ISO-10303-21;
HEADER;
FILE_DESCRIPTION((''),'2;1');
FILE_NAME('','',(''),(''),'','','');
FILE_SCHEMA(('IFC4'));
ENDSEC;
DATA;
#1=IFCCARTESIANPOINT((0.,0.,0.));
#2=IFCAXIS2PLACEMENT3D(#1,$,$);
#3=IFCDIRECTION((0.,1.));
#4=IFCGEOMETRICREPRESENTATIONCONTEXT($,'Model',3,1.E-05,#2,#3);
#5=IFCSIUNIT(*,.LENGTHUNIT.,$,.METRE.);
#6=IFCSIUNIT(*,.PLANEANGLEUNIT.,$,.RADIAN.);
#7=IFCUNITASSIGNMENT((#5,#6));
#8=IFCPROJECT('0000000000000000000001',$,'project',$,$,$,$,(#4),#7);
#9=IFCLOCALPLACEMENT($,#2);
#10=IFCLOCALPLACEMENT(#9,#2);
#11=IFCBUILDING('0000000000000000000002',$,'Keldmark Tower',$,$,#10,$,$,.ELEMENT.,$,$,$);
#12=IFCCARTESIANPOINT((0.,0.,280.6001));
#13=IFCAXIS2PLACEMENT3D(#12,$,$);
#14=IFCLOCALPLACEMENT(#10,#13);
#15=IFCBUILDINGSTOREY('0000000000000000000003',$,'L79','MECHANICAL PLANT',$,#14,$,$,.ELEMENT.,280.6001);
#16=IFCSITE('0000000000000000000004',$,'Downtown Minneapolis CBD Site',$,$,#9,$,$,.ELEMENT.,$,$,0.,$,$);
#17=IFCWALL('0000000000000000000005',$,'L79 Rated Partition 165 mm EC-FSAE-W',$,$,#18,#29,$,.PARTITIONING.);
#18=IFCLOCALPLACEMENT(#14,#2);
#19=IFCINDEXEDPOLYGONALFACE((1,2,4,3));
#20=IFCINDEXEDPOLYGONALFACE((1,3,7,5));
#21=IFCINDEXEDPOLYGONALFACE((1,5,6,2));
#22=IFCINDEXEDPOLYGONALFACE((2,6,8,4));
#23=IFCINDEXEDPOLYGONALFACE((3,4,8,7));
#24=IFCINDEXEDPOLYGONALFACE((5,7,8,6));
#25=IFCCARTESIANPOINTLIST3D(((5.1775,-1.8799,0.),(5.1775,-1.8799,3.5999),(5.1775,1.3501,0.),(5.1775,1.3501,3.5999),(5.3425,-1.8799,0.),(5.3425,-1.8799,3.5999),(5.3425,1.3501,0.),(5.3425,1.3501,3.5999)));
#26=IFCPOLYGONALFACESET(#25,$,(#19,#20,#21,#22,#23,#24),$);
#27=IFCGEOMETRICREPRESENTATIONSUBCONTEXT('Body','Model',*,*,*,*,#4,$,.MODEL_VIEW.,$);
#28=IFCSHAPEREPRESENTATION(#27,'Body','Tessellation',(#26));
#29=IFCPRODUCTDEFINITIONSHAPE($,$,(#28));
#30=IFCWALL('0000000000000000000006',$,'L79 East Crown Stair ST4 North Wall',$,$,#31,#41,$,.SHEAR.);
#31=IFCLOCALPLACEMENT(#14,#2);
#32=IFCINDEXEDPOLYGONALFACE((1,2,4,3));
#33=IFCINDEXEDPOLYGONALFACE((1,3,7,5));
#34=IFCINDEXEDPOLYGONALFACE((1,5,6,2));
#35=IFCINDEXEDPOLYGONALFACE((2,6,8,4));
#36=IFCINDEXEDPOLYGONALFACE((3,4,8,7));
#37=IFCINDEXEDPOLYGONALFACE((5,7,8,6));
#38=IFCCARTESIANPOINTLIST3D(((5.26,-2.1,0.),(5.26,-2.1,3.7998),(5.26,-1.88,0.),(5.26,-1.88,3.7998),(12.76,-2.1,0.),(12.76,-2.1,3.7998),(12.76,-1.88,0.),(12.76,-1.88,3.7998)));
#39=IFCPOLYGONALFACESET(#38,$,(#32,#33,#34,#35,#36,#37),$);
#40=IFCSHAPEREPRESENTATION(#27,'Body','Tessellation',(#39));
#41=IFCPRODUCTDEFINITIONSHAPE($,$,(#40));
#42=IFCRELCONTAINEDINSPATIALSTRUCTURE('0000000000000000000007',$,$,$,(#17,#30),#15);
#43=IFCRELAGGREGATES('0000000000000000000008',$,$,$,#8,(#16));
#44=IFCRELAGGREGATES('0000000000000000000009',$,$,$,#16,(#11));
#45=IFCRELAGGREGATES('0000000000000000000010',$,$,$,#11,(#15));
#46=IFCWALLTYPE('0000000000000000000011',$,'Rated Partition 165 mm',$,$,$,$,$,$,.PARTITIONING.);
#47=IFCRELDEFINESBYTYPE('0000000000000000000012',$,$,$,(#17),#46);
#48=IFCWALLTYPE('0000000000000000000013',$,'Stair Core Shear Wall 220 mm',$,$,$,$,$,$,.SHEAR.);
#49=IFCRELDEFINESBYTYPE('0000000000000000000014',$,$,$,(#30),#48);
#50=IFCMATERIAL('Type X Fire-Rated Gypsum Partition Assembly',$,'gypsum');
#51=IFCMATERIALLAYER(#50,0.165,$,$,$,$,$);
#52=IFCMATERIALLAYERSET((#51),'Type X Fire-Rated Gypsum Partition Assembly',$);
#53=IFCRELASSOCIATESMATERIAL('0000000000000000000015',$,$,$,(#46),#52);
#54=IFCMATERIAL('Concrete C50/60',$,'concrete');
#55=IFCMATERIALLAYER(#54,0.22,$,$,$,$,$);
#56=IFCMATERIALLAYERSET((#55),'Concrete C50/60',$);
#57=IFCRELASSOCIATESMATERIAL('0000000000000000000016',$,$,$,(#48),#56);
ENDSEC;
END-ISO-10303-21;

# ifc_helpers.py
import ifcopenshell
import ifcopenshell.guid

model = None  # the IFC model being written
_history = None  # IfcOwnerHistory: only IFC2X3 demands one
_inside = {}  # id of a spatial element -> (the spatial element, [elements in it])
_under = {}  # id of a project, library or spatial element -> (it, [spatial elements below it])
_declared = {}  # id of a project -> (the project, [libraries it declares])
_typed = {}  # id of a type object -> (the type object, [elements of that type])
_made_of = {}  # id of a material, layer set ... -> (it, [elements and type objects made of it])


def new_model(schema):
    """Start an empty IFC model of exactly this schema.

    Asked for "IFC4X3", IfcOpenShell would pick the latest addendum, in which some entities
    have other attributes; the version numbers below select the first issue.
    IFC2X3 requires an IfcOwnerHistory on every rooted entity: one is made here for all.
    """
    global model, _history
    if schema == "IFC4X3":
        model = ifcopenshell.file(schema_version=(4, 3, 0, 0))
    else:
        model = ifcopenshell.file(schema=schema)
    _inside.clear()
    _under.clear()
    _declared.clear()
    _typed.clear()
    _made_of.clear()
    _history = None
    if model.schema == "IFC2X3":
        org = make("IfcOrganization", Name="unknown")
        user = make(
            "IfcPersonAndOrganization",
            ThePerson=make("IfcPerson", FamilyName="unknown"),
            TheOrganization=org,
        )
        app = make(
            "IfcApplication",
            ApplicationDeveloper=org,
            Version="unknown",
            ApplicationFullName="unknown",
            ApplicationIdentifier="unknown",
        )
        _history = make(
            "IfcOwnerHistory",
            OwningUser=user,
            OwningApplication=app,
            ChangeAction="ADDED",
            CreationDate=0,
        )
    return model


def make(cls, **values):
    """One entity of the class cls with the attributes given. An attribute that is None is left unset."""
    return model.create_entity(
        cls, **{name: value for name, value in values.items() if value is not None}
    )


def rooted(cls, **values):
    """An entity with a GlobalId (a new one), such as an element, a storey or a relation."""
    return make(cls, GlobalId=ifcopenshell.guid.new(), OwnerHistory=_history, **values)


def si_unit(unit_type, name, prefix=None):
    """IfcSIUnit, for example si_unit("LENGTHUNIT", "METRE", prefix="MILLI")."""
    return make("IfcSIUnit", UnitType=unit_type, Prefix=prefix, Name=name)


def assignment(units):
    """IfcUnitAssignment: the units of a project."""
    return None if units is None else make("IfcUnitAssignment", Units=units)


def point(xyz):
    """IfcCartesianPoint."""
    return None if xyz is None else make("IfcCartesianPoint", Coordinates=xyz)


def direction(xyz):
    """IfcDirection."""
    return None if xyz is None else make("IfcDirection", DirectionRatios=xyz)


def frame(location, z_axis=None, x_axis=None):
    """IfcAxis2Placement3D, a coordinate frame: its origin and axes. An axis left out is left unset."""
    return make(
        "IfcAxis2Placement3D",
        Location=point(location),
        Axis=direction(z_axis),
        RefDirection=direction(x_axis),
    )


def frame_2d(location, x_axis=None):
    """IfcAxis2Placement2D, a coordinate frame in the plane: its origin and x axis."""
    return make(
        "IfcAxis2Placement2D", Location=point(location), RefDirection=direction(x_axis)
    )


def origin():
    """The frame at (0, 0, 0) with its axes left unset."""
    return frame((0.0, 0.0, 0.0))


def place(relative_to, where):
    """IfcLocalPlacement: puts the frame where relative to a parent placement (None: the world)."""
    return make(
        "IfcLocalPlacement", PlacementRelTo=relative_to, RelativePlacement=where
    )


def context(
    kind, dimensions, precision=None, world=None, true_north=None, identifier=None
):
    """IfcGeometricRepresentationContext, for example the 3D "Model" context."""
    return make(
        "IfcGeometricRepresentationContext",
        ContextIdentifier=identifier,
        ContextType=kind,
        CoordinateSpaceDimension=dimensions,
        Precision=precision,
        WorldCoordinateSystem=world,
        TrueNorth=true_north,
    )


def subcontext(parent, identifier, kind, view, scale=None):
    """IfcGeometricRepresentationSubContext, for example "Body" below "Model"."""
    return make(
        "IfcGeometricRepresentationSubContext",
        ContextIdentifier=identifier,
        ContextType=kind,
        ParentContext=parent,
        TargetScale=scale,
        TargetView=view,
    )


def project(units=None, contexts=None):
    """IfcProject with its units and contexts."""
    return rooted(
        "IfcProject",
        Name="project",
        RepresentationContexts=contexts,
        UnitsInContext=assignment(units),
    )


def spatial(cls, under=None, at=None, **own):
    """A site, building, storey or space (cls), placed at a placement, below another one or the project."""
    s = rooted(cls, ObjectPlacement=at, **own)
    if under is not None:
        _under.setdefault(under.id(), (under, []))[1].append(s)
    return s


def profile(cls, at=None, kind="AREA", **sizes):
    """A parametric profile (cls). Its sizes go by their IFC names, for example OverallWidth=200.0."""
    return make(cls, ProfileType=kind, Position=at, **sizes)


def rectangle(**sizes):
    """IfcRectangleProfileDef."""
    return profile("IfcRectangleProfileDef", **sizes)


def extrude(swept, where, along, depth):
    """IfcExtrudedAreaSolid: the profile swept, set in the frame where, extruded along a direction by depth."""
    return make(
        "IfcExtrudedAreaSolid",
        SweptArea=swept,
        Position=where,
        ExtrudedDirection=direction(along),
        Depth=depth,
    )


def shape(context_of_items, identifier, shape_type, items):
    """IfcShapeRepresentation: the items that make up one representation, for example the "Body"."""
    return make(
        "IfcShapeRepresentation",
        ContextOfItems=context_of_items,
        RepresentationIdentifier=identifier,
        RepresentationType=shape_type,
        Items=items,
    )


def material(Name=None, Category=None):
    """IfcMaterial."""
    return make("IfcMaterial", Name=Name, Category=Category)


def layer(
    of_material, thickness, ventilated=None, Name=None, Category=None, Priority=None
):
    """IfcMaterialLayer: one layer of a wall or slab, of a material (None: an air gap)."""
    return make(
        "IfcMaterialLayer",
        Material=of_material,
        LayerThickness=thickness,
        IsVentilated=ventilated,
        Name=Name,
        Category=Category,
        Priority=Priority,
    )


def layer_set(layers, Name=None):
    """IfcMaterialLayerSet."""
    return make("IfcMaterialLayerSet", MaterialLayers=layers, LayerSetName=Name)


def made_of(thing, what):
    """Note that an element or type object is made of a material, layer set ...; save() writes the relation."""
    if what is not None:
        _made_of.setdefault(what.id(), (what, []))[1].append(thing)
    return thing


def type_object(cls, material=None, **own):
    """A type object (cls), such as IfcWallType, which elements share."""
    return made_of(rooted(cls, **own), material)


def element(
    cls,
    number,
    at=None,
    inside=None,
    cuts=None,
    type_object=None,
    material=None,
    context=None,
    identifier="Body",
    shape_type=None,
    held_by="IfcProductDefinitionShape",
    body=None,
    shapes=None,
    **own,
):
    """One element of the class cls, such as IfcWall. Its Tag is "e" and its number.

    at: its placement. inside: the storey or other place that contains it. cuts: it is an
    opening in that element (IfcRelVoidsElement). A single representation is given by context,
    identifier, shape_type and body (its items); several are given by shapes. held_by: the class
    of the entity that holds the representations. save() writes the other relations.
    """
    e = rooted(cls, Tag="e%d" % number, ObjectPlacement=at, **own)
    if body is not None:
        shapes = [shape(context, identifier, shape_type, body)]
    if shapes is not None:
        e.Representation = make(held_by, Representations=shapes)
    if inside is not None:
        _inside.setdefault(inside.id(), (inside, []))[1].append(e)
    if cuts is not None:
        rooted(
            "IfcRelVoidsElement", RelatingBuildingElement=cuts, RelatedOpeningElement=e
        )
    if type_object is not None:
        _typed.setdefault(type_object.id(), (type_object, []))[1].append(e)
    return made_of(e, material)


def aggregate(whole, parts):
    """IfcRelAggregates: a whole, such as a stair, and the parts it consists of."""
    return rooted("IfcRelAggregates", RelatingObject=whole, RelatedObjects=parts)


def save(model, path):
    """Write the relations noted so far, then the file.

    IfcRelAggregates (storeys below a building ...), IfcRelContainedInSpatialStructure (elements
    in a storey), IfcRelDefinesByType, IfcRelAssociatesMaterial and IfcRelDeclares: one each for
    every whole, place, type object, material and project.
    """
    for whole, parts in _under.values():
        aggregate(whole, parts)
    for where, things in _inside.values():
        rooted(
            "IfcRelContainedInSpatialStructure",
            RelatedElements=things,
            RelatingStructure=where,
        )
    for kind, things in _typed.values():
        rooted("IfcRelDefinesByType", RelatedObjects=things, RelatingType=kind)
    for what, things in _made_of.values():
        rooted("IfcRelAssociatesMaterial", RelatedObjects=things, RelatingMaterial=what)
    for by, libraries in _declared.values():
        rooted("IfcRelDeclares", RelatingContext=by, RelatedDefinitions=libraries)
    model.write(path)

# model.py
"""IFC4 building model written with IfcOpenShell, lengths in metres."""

from ifc_helpers import new_model, si_unit, direction, frame, frame_2d, origin, place, context, subcontext, project, spatial, rectangle, extrude, material, layer, layer_set, type_object, element, save


model = new_model("IFC4")

# Units and contexts
model_context = context("Model", 3, precision=1e-05, world=origin(), true_north=direction((0.0, 1.0)))
body_context = subcontext(model_context, "Body", "Model", "MODEL_VIEW")
ifc_project = project(units=[si_unit("LENGTHUNIT", "METRE"), si_unit("PLANEANGLEUNIT", "RADIAN")], contexts=[model_context])

# Site, building, storey
site_placement = place(None, origin())
site = spatial("IfcSite", under=ifc_project, at=site_placement, Name="Downtown Minneapolis CBD Site", CompositionType="ELEMENT", RefElevation=0.0)
building_placement = place(site_placement, origin())
building = spatial("IfcBuilding", under=site, at=building_placement, Name="Keldmark Tower", CompositionType="ELEMENT")
storey_placement = place(building_placement, frame((0.0, 0.0, 280.6001)))
storey = spatial("IfcBuildingStorey", under=building, at=storey_placement, Name="L79", Description="MECHANICAL PLANT", CompositionType="ELEMENT", Elevation=280.6001)

# Walls
ifc_material_1 = material(Name="Type X Fire-Rated Gypsum Partition Assembly", Category="gypsum")
ifc_layer_1 = layer(ifc_material_1, 0.165)
ifc_layer_set_1 = layer_set([ifc_layer_1], Name="Type X Fire-Rated Gypsum Partition Assembly")
wall_type_1 = type_object("IfcWallType", Name="Rated Partition 165 mm", PredefinedType="PARTITIONING", material=ifc_layer_set_1)
wall_1_placement = place(storey_placement, frame((5.26, -1.8799, 0.0), z_axis=(0.0, 0.0, 1.0), x_axis=(0.0, 1.0, 0.0)))
element("IfcWall", 1, at=wall_1_placement, inside=storey, type_object=wall_type_1, Name="L79 Rated Partition 165 mm EC-FSAE-W", PredefinedType="PARTITIONING", context=body_context, shape_type="SweptSolid", body=[
    extrude(rectangle(XDim=3.23, YDim=0.165, at=frame_2d((1.615, 0.0))), origin(), (0.0, 0.0, 1.0), 3.5999),
])
ifc_material_2 = material(Name="Concrete C50/60", Category="concrete")
ifc_layer_2 = layer(ifc_material_2, 0.22)
ifc_layer_set_2 = layer_set([ifc_layer_2], Name="Concrete C50/60")
wall_type_2 = type_object("IfcWallType", Name="Stair Core Shear Wall 220 mm", PredefinedType="SHEAR", material=ifc_layer_set_2)
wall_2_placement = place(storey_placement, frame((5.26, -1.99, 0.0), z_axis=(0.0, 0.0, 1.0), x_axis=(1.0, 0.0, 0.0)))
element("IfcWall", 2, at=wall_2_placement, inside=storey, type_object=wall_type_2, Name="L79 East Crown Stair ST4 North Wall", PredefinedType="SHEAR", context=body_context, shape_type="SweptSolid", body=[
    extrude(rectangle(XDim=7.5, YDim=0.22, at=frame_2d((3.75, 0.0))), origin(), (0.0, 0.0, 1.0), 3.7998),
])

save(model, "model.ifc")
